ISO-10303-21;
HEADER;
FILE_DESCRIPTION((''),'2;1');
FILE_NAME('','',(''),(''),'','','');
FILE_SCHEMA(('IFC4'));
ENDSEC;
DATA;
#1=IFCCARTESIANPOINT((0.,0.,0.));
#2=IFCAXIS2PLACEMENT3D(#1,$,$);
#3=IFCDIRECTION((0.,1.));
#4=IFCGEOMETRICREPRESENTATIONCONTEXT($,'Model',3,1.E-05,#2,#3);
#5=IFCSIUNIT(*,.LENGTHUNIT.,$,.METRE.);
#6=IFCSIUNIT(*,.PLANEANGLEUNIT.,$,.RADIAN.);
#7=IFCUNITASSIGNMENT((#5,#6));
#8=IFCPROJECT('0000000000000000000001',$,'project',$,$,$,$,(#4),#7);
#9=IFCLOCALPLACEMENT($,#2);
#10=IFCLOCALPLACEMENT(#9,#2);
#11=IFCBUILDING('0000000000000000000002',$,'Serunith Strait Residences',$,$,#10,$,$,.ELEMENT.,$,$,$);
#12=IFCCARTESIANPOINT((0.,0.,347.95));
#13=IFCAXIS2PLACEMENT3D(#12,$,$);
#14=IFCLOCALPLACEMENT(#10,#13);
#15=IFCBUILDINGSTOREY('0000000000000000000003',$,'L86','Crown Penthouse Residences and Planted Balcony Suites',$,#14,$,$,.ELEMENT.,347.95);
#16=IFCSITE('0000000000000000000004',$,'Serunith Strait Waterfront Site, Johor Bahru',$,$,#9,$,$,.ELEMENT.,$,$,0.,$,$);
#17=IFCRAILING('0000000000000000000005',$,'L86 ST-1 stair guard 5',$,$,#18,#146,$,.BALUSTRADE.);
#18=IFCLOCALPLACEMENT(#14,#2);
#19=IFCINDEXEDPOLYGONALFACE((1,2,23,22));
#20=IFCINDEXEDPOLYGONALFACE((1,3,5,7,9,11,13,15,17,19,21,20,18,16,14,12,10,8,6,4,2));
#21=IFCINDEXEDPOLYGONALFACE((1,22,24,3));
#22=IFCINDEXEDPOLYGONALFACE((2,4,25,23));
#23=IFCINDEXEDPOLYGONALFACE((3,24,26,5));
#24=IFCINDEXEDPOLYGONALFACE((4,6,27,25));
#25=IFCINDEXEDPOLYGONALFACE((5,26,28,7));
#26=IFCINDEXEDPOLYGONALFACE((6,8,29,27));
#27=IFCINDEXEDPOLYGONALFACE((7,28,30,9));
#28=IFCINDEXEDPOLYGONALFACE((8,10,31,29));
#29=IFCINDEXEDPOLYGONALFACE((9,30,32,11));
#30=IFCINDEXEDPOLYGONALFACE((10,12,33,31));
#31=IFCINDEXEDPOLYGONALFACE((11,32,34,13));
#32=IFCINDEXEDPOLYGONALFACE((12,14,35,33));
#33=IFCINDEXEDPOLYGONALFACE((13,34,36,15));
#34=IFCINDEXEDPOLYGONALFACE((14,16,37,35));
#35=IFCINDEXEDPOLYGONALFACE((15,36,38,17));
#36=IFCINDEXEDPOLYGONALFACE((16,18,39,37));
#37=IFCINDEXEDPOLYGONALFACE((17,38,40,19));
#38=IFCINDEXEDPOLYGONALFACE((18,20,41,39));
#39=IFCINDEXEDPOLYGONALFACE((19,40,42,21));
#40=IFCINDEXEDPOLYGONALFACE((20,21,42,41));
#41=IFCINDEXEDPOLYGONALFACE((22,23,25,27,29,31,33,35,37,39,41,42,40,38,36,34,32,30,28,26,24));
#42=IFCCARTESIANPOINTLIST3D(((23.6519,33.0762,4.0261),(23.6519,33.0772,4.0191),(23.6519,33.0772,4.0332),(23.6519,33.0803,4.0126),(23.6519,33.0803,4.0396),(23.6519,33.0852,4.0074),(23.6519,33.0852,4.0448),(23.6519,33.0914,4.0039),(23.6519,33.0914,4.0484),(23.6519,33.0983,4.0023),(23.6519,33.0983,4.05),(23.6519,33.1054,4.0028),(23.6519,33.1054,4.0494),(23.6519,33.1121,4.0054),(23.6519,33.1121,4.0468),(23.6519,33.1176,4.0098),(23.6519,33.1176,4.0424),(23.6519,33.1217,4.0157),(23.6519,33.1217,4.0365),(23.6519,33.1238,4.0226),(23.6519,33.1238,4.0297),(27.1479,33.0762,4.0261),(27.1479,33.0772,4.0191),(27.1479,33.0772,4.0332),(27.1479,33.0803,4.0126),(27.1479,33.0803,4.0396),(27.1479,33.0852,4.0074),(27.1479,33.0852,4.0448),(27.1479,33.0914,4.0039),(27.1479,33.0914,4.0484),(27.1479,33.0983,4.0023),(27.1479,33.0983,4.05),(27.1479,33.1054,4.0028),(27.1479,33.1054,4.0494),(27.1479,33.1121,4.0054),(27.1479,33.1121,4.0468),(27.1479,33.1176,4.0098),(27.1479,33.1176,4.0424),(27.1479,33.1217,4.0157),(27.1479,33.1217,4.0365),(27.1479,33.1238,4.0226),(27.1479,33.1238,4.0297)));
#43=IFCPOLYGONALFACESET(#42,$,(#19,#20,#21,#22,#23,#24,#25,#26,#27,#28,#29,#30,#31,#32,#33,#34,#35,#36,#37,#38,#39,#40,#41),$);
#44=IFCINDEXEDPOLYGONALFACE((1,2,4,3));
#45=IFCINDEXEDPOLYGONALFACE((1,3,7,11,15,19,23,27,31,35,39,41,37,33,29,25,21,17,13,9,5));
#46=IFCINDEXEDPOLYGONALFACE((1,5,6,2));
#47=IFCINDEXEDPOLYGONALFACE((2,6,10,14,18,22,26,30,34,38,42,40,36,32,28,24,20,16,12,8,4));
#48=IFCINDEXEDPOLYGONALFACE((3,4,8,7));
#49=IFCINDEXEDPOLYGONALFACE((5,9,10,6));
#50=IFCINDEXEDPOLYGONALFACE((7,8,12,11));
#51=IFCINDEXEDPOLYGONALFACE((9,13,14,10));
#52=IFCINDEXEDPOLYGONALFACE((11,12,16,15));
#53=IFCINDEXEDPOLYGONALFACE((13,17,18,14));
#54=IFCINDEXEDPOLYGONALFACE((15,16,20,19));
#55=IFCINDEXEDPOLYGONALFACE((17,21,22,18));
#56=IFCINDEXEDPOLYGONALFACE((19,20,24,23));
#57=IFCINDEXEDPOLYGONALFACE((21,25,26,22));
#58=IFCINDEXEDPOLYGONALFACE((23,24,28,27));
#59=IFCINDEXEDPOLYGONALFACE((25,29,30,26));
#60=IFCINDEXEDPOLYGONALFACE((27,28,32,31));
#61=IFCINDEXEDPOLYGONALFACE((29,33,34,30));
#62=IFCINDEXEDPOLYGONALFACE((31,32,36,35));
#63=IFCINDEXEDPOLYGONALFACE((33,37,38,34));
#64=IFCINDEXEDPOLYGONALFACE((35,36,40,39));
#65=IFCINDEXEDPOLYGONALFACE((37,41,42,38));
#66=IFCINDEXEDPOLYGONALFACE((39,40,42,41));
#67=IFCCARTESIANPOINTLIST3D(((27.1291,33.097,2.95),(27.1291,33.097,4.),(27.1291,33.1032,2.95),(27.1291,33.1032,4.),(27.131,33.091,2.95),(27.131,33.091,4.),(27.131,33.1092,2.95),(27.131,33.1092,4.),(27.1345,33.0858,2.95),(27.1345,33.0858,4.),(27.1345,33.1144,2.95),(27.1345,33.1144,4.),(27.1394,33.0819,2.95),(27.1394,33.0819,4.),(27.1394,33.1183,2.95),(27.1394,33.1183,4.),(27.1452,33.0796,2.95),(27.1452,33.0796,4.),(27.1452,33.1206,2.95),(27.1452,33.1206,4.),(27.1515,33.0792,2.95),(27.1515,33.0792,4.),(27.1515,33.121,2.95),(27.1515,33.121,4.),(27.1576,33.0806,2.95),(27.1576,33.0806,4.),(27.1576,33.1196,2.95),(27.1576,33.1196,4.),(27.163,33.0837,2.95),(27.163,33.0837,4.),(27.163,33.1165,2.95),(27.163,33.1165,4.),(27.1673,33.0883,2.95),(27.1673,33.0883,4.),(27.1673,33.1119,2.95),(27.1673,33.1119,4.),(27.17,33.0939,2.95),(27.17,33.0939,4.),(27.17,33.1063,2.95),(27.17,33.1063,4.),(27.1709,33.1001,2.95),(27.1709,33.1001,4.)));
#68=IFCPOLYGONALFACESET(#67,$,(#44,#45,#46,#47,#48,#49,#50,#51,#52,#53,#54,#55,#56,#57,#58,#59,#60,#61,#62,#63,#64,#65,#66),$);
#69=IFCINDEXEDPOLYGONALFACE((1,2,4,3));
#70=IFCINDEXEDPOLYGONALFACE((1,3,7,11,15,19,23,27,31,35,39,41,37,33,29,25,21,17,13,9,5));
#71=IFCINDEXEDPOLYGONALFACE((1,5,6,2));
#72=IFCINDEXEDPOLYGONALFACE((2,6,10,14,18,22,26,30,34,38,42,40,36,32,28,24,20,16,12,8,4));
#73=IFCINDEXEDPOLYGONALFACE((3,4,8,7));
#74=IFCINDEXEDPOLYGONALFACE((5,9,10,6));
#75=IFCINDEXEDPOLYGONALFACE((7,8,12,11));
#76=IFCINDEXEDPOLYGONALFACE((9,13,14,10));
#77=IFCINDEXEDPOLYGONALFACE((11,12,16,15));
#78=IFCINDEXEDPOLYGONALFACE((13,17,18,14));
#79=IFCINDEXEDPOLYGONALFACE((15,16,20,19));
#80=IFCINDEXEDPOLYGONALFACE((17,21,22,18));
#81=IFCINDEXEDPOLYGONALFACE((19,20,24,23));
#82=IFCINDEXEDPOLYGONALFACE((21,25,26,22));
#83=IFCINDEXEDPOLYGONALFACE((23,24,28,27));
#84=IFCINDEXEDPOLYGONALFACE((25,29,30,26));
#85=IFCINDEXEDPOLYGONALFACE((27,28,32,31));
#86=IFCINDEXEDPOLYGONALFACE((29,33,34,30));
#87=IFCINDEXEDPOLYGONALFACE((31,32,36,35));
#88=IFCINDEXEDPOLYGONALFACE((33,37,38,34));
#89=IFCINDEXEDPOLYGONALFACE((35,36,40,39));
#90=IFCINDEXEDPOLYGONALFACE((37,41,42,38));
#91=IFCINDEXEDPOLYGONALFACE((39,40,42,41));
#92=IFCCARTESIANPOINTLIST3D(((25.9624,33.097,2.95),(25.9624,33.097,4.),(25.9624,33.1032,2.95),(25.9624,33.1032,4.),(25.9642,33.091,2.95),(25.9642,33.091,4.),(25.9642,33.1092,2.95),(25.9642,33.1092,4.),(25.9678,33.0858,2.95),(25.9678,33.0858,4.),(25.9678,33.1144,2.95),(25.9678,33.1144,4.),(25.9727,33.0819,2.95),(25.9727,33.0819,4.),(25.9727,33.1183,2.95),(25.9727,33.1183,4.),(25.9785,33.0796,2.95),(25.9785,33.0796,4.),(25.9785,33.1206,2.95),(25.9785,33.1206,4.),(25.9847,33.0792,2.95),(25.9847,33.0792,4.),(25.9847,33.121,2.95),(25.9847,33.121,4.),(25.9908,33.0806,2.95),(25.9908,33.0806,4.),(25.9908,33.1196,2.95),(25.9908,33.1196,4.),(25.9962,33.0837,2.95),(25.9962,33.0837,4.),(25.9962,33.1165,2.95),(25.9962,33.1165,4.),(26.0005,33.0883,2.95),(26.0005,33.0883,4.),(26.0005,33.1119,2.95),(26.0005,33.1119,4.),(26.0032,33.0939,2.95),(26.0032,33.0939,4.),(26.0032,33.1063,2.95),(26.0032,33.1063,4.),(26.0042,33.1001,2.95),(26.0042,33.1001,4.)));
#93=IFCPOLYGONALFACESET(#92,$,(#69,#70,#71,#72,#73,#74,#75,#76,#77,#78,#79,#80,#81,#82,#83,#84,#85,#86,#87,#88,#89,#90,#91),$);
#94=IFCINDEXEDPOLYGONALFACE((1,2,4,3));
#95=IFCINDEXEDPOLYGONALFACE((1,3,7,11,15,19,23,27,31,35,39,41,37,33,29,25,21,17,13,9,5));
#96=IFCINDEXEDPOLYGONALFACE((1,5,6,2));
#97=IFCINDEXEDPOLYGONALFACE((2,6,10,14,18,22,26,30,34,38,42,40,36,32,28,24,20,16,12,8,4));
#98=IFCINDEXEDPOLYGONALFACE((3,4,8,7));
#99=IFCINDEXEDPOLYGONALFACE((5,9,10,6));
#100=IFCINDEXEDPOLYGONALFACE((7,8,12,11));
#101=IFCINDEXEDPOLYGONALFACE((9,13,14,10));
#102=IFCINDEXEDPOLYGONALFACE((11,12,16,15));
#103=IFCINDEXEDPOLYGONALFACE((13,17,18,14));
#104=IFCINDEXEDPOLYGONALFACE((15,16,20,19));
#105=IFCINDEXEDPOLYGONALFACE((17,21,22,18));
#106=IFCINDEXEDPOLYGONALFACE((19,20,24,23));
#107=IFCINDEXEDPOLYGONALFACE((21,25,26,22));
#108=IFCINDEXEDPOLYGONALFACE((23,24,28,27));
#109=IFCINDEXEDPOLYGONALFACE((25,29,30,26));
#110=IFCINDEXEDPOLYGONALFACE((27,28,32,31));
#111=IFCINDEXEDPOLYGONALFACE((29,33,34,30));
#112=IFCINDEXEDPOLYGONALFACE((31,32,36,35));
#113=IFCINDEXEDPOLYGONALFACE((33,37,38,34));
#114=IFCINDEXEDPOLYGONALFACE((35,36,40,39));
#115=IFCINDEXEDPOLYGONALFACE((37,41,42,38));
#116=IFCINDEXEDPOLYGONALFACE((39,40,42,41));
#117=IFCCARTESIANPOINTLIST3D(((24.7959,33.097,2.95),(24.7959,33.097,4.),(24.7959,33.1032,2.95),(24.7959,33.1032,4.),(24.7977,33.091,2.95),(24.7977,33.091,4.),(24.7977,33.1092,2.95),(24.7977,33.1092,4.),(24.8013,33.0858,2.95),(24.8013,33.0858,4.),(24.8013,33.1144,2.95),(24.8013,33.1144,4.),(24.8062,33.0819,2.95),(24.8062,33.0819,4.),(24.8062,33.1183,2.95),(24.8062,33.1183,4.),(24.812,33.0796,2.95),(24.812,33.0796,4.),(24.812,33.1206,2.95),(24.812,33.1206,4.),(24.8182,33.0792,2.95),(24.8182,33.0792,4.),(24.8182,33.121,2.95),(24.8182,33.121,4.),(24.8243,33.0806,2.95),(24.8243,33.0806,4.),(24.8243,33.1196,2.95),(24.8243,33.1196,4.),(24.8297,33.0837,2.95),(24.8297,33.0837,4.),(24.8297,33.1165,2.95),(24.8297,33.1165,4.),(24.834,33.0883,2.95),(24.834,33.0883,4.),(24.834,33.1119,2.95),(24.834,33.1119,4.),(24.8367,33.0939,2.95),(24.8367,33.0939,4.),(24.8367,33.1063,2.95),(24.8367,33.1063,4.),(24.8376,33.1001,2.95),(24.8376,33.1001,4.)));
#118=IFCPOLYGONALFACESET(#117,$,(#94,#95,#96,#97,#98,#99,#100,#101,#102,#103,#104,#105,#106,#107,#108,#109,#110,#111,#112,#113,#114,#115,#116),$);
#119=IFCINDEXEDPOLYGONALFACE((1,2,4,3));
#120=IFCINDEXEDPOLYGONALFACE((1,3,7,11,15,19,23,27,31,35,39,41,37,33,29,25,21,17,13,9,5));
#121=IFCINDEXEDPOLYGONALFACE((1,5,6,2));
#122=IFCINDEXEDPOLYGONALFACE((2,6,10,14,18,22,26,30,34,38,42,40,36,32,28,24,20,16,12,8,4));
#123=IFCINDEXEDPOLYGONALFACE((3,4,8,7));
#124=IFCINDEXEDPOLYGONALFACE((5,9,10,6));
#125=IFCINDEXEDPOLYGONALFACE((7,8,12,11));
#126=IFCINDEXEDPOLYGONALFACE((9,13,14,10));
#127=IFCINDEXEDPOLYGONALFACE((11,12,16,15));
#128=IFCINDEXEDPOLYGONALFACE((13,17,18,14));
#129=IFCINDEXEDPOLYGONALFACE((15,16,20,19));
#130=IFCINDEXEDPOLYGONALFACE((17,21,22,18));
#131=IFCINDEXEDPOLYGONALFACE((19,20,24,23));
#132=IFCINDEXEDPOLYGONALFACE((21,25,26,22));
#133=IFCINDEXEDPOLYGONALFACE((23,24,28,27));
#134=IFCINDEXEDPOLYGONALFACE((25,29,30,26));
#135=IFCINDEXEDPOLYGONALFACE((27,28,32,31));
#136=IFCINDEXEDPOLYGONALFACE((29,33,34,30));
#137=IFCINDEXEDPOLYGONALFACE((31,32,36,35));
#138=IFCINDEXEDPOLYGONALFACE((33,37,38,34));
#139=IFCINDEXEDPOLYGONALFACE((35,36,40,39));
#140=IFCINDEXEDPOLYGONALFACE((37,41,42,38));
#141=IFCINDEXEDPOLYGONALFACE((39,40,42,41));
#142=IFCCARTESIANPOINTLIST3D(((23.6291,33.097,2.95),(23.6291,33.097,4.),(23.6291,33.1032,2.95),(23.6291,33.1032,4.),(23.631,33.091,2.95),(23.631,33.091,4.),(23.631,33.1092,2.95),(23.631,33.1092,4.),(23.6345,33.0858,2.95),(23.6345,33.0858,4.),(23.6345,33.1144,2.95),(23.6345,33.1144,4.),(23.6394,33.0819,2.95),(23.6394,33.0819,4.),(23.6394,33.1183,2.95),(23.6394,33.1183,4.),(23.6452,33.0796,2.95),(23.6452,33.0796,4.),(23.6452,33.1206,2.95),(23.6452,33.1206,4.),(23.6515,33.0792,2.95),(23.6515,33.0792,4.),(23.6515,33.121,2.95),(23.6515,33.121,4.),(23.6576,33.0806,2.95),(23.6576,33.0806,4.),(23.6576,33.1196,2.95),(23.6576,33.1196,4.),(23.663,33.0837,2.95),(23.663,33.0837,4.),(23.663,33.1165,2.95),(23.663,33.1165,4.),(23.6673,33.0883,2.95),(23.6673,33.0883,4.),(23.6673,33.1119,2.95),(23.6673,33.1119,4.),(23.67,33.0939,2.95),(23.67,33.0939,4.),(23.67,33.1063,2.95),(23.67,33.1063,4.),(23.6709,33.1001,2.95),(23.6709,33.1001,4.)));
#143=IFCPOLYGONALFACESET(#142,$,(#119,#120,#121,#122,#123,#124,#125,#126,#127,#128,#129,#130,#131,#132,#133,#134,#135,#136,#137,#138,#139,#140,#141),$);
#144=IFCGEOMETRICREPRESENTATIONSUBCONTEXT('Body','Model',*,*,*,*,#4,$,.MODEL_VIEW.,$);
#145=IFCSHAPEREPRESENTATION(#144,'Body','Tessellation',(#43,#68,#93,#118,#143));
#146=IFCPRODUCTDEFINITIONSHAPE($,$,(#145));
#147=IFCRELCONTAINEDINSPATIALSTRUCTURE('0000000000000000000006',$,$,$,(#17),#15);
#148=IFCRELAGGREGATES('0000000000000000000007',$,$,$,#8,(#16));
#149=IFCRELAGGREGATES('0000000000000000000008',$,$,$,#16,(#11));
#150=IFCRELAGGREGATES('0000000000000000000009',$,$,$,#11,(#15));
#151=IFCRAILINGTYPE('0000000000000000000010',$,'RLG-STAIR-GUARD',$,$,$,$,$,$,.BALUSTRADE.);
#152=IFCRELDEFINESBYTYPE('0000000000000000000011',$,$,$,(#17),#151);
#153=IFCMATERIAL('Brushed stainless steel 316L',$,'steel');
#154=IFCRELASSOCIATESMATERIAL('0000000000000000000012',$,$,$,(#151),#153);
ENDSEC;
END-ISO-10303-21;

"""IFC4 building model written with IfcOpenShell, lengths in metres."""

from ifc_helpers import new_model, si_unit, direction, frame, origin, origin_2d, place, context, subcontext, project, spatial, circle, extrude, material, type_object, element, save


model = new_model("IFC4")

# Units and contexts
model_context = context("Model", 3, precision=1e-05, world=origin(), true_north=direction((0.0, 1.0)))
body_context = subcontext(model_context, "Body", "Model", "MODEL_VIEW")
ifc_project = project(units=[si_unit("LENGTHUNIT", "METRE"), si_unit("PLANEANGLEUNIT", "RADIAN")], contexts=[model_context])

# Site, building, storey
site_placement = place(None, origin())
site = spatial("IfcSite", under=ifc_project, at=site_placement, Name="Serunith Strait Waterfront Site, Johor Bahru", CompositionType="ELEMENT", RefElevation=0.0)
building_placement = place(site_placement, origin())
building = spatial("IfcBuilding", under=site, at=building_placement, Name="Serunith Strait Residences", CompositionType="ELEMENT")
storey_placement = place(building_placement, frame((0.0, 0.0, 347.95)))
storey = spatial("IfcBuildingStorey", under=building, at=storey_placement, Name="L86", Description="Crown Penthouse Residences and Planted Balcony Suites", CompositionType="ELEMENT", Elevation=347.95)

# Railing
ifc_material_1 = material(Name="Brushed stainless steel 316L", Category="steel")
railing_type_1 = type_object("IfcRailingType", Name="RLG-STAIR-GUARD", PredefinedType="BALUSTRADE", material=ifc_material_1)
railing_1_placement = place(storey_placement, frame((27.1499, 33.1001, 2.95)))
element("IfcRailing", 1, at=railing_1_placement, inside=storey, type_object=railing_type_1, Name="L86 ST-1 stair guard 5", PredefinedType="BALUSTRADE", context=body_context, shape_type="SweptSolid", body=[
    extrude(circle(Radius=0.0239, at=origin_2d()), frame((-0.002, 0.0, 1.0762), z_axis=(-1.0, 0.0, 0.0), x_axis=(0.0, -1.0, 0.0)), (0.0, 0.0, 1.0), 3.4961),
    extrude(circle(Radius=0.021, at=origin_2d()), origin(), (0.0, 0.0, 1.0), 1.05),
    extrude(circle(Radius=0.021, at=origin_2d()), frame((-1.1667, 0.0, 0.0)), (0.0, 0.0, 1.0), 1.05),
    extrude(circle(Radius=0.021, at=origin_2d()), frame((-2.3333, 0.0, 0.0)), (0.0, 0.0, 1.0), 1.05),
    extrude(circle(Radius=0.021, at=origin_2d()), frame((-3.5, 0.0, 0.0)), (0.0, 0.0, 1.0), 1.05),
])

save(model, "model.ifc")
